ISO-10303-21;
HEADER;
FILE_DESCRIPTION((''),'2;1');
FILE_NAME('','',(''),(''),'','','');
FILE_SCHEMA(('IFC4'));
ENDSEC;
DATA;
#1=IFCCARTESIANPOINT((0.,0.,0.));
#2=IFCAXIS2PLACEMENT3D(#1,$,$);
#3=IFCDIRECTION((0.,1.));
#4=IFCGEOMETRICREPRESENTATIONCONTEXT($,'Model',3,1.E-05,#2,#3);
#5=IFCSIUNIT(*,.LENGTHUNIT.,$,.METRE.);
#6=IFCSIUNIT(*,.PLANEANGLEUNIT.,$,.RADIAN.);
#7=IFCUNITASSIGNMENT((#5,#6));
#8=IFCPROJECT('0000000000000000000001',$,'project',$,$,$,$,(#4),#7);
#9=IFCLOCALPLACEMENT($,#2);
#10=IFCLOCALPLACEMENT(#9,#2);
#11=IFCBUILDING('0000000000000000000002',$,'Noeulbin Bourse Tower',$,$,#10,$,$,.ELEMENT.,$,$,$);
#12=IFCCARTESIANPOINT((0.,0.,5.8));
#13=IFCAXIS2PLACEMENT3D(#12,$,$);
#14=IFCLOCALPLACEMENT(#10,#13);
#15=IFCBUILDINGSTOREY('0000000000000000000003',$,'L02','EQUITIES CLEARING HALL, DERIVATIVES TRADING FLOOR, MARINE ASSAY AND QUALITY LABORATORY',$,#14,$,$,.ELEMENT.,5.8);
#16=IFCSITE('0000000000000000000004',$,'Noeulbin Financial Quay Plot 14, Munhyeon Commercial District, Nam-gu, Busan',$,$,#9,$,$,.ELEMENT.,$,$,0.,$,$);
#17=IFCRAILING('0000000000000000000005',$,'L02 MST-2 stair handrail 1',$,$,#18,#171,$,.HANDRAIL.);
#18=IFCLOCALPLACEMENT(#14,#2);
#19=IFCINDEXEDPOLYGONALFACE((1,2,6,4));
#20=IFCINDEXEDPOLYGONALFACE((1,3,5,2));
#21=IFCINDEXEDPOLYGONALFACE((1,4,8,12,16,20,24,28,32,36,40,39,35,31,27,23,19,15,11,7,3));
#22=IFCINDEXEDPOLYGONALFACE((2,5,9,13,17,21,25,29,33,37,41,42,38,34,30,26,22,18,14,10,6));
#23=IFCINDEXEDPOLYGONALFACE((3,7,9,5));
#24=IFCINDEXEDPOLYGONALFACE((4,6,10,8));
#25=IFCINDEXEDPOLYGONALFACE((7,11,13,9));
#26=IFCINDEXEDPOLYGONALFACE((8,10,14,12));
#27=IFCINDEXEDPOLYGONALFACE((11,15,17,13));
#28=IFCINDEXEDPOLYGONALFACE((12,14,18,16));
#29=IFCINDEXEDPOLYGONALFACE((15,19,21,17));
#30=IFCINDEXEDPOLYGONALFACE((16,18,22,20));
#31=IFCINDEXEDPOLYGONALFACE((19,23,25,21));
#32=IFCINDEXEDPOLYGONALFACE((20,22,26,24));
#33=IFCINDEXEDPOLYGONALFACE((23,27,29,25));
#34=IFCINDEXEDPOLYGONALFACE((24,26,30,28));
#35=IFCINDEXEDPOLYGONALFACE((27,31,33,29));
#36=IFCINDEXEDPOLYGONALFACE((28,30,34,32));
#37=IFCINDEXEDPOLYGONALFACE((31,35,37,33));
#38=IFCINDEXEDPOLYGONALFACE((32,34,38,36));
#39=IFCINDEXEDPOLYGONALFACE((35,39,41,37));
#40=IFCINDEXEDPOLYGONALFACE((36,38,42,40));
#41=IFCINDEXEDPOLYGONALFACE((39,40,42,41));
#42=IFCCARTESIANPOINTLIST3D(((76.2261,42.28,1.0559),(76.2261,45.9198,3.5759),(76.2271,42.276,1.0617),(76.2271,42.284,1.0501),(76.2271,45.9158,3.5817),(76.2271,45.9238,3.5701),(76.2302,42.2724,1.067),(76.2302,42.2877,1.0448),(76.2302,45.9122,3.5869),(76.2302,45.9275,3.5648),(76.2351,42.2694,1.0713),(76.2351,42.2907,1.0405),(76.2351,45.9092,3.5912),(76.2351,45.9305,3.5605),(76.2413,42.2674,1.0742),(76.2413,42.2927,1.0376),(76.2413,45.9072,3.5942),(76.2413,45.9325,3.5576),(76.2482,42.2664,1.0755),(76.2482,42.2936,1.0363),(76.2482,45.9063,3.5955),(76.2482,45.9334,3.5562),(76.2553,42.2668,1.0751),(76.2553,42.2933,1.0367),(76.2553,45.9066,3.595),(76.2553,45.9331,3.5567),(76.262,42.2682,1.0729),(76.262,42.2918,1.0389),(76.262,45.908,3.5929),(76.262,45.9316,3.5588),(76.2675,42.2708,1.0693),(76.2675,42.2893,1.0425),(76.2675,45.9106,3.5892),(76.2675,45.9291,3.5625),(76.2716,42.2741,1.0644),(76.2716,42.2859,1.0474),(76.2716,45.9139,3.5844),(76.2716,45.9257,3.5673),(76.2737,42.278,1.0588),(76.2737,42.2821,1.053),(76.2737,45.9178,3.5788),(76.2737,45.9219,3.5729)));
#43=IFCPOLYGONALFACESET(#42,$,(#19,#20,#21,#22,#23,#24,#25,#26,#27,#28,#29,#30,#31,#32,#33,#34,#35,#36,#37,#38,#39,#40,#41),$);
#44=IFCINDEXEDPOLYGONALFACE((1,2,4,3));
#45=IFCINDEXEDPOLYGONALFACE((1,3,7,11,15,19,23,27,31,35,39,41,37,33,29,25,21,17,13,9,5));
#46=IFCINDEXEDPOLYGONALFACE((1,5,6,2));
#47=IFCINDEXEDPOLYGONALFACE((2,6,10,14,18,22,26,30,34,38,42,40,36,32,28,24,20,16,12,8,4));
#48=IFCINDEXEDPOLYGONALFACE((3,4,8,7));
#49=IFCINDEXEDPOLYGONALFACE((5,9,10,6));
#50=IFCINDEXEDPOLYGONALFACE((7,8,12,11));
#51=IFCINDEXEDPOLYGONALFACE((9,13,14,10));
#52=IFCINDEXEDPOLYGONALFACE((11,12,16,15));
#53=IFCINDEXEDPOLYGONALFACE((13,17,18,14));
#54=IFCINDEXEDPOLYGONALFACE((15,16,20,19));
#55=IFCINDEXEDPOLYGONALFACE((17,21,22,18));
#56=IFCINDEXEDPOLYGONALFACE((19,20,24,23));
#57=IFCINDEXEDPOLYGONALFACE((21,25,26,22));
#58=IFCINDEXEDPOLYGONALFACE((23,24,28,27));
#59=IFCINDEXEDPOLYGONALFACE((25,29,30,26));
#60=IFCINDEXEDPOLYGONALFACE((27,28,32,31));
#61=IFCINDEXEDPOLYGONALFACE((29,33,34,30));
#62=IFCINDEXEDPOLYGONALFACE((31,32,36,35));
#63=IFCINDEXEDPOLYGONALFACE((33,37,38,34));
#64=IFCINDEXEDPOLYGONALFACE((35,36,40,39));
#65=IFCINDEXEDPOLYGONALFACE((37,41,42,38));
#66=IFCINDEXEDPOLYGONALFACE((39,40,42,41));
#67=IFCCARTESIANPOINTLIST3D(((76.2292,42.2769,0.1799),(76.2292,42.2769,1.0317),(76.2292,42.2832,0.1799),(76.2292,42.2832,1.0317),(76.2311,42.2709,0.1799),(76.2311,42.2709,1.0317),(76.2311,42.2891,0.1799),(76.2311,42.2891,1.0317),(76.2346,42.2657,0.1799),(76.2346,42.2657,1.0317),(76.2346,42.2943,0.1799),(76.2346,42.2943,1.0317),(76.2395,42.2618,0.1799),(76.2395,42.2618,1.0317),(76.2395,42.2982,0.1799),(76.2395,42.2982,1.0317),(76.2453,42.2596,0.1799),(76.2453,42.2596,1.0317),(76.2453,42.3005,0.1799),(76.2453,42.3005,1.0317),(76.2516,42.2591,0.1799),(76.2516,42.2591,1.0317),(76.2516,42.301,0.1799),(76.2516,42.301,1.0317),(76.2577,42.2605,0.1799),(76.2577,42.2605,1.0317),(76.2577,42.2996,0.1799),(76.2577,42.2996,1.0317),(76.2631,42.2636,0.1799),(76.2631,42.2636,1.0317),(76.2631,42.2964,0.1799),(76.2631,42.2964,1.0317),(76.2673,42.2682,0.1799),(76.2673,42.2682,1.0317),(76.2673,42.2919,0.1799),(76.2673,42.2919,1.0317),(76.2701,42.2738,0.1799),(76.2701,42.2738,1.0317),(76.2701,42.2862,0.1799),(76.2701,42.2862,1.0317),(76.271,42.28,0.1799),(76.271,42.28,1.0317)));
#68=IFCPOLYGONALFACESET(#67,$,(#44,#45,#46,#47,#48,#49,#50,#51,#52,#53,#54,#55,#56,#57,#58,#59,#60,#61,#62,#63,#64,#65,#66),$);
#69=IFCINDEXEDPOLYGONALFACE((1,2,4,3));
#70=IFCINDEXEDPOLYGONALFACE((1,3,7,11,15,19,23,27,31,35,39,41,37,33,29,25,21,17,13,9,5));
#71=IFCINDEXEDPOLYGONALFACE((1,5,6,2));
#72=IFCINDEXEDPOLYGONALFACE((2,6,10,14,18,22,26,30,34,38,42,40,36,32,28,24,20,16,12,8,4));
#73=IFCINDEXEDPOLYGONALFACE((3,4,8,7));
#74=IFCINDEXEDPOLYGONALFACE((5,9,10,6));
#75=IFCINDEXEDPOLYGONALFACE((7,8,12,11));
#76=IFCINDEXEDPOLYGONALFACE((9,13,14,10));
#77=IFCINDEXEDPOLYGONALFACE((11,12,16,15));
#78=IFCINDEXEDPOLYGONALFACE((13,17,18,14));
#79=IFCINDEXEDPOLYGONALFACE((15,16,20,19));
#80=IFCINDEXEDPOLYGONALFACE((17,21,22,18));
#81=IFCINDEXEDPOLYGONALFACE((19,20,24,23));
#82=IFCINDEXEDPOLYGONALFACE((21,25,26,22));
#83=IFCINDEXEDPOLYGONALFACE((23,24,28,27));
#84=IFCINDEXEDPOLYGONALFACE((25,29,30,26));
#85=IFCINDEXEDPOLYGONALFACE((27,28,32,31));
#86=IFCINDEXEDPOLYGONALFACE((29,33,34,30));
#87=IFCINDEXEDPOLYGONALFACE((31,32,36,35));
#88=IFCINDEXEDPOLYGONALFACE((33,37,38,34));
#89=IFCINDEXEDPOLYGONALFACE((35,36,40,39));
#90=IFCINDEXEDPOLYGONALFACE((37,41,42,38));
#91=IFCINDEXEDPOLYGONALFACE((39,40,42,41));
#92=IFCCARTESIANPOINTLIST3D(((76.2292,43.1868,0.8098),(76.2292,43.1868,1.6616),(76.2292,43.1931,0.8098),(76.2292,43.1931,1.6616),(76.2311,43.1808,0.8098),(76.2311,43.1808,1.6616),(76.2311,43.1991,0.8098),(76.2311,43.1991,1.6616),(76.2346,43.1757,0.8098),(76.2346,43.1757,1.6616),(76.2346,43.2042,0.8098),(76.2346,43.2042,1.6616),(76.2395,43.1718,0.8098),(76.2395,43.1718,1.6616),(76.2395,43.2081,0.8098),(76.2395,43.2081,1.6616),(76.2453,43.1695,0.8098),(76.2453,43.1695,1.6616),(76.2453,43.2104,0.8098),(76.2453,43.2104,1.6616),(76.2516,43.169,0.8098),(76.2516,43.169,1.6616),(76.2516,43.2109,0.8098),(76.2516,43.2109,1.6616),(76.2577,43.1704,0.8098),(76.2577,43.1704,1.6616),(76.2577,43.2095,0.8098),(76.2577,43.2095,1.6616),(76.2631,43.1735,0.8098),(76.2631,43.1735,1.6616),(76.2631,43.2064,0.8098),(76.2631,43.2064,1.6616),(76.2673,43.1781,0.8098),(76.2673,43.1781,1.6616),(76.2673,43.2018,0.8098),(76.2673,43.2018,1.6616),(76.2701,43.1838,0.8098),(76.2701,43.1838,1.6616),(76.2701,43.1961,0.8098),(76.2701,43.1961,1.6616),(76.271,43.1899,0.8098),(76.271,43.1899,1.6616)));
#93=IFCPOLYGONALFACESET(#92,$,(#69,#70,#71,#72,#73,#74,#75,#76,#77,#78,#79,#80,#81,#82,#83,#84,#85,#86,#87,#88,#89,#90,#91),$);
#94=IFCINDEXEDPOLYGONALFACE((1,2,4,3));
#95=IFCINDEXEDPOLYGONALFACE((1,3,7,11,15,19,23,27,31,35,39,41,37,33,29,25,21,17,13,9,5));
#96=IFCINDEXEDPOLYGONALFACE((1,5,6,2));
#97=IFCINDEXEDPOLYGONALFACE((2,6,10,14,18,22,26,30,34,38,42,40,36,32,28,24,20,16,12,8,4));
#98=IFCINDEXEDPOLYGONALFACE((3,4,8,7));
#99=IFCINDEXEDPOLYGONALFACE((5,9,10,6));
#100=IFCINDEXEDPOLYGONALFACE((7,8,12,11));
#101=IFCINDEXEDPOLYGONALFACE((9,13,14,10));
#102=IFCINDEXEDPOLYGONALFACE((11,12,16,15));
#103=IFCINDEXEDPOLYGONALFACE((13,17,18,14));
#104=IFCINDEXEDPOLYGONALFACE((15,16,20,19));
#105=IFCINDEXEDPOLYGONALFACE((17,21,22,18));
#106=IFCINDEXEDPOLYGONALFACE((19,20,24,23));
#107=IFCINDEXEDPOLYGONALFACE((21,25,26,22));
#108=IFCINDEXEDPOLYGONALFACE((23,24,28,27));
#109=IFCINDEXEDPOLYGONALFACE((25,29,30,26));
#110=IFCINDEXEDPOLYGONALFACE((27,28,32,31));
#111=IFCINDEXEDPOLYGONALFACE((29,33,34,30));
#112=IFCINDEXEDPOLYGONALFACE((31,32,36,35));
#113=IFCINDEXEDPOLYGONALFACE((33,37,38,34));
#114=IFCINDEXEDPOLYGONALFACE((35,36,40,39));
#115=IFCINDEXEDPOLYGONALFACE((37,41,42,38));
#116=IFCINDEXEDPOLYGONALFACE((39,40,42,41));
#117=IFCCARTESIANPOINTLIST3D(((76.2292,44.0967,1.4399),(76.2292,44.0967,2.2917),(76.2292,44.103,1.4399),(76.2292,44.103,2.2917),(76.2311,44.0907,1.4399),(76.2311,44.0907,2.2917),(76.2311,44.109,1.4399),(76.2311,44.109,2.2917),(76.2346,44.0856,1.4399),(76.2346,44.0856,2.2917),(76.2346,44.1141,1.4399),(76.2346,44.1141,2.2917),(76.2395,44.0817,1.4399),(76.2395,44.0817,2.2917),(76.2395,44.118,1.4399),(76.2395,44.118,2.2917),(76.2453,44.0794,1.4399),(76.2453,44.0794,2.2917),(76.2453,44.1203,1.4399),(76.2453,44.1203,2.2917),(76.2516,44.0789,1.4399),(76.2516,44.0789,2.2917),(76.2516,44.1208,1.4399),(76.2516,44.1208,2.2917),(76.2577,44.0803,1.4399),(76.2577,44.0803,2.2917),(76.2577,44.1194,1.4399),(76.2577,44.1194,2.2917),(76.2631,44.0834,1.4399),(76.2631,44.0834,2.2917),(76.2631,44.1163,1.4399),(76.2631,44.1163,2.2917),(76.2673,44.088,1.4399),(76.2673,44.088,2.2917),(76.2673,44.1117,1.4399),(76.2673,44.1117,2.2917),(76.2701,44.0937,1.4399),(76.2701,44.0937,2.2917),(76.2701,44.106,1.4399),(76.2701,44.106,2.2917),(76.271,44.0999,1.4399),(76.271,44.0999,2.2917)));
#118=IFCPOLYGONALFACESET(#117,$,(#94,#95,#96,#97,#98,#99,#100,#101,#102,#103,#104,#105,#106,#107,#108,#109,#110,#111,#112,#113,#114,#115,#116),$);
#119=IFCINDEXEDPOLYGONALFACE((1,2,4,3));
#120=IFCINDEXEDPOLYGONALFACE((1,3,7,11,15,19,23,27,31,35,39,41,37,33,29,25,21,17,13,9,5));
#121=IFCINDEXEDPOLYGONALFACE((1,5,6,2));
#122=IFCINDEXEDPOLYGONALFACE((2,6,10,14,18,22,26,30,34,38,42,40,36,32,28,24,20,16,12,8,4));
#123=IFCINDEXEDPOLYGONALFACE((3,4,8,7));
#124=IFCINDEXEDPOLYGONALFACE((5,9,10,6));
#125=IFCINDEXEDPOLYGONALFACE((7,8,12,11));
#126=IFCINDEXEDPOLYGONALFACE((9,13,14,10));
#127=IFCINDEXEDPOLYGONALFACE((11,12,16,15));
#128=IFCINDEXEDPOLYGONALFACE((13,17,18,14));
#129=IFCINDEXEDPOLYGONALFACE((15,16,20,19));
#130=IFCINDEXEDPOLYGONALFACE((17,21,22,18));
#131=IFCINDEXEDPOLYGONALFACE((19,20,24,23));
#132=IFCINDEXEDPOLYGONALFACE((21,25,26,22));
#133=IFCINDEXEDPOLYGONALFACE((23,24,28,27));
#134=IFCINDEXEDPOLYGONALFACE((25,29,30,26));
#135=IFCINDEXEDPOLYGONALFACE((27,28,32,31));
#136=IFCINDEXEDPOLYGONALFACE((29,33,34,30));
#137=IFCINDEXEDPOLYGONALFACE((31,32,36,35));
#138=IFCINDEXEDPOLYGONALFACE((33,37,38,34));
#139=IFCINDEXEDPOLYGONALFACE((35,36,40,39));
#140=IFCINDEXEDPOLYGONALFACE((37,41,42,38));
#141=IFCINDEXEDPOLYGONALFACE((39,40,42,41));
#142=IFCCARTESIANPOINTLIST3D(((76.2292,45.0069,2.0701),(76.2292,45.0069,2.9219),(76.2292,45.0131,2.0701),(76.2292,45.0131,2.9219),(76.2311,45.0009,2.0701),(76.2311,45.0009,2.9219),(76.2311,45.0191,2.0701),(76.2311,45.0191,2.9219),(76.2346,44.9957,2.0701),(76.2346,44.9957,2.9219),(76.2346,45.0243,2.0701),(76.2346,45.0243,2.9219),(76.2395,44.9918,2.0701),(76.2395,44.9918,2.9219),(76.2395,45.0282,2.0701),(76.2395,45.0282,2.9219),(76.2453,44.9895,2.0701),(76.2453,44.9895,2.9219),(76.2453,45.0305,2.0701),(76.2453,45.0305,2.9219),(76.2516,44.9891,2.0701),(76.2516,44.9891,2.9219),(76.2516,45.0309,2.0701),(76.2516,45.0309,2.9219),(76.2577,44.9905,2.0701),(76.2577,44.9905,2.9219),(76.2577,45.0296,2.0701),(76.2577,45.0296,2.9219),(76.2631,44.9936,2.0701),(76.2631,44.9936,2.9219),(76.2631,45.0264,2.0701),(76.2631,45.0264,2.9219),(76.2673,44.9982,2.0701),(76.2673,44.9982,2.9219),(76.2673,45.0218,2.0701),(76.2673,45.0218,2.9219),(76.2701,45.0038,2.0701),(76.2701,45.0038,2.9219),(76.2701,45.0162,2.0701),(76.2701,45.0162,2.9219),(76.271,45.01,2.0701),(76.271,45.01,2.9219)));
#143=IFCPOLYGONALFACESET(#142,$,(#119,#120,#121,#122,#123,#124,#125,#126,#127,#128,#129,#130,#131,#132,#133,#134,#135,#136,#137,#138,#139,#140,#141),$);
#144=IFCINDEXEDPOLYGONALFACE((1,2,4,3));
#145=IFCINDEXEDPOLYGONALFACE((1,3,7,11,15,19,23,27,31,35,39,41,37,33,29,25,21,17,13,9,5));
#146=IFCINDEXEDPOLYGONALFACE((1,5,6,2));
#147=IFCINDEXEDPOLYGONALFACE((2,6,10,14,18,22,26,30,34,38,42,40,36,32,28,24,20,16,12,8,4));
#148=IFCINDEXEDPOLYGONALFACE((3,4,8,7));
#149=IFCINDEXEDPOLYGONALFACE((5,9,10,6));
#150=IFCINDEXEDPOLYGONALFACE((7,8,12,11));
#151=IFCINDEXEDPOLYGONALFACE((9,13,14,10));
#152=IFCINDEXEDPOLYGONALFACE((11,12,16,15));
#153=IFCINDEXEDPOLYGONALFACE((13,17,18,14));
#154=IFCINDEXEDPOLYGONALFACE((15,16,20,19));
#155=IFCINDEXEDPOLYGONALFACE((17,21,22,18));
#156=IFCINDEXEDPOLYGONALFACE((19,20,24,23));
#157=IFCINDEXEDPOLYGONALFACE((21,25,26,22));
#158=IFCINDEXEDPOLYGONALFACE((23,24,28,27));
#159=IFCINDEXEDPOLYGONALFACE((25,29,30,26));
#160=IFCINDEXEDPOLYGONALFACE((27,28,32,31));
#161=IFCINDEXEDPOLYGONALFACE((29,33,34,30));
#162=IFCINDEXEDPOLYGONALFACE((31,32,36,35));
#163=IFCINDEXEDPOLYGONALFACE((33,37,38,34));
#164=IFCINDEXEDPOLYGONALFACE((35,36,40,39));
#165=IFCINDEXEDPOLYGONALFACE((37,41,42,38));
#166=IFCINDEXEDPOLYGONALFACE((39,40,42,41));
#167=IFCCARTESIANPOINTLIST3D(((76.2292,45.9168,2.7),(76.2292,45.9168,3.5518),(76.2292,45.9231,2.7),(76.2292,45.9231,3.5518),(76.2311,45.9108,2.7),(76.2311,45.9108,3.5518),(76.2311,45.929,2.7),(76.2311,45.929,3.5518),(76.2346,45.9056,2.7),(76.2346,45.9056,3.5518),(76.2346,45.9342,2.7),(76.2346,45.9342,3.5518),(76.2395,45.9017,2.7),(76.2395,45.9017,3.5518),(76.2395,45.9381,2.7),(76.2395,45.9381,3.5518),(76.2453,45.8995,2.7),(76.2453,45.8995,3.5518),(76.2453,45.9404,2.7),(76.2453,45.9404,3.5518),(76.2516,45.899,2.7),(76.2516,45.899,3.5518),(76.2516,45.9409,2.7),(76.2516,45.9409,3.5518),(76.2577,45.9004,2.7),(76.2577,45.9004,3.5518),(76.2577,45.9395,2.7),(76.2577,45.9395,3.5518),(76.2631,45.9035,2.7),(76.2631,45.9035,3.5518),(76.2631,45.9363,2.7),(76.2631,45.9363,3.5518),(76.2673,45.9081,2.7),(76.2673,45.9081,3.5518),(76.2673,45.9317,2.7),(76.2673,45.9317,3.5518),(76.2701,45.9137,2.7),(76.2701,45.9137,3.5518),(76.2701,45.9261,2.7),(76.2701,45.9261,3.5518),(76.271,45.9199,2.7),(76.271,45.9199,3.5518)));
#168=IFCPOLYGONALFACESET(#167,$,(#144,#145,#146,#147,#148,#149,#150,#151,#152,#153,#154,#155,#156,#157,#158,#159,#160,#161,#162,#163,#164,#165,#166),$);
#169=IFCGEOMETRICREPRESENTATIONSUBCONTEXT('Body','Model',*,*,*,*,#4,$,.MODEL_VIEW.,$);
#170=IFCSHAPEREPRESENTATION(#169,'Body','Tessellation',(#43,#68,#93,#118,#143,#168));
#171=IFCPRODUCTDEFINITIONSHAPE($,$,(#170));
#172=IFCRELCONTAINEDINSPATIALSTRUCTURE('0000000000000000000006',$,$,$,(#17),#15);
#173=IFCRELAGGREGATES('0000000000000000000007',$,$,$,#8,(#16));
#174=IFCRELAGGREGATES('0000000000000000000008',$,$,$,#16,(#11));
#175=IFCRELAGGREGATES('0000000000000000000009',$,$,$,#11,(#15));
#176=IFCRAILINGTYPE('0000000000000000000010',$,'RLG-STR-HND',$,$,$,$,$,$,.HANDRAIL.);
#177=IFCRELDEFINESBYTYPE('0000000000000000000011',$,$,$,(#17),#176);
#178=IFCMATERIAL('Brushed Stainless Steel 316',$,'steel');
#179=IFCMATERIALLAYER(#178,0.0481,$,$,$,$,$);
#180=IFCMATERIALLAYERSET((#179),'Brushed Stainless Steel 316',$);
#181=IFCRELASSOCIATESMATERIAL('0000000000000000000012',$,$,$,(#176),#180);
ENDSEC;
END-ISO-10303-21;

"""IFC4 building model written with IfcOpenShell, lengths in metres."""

from ifc_helpers import new_model, si_unit, direction, frame, origin, origin_2d, place, context, subcontext, project, spatial, circle, extrude, material, layer, layer_set, type_object, element, save


model = new_model("IFC4")

# Units and contexts
model_context = context("Model", 3, precision=1e-05, world=origin(), true_north=direction((0.0, 1.0)))
body_context = subcontext(model_context, "Body", "Model", "MODEL_VIEW")
ifc_project = project(units=[si_unit("LENGTHUNIT", "METRE"), si_unit("PLANEANGLEUNIT", "RADIAN")], contexts=[model_context])

# Site, building, storey
site_placement = place(None, origin())
site = spatial("IfcSite", under=ifc_project, at=site_placement, Name="Noeulbin Financial Quay Plot 14, Munhyeon Commercial District, Nam-gu, Busan", CompositionType="ELEMENT", RefElevation=0.0)
building_placement = place(site_placement, origin())
building = spatial("IfcBuilding", under=site, at=building_placement, Name="Noeulbin Bourse Tower", CompositionType="ELEMENT")
storey_placement = place(building_placement, frame((0.0, 0.0, 5.8)))
storey = spatial("IfcBuildingStorey", under=building, at=storey_placement, Name="L02", Description="EQUITIES CLEARING HALL, DERIVATIVES TRADING FLOOR, MARINE ASSAY AND QUALITY LABORATORY", CompositionType="ELEMENT", Elevation=5.8)

# Railing
ifc_material_1 = material(Name="Brushed Stainless Steel 316", Category="steel")
ifc_layer_1 = layer(ifc_material_1, 0.0481)
ifc_layer_set_1 = layer_set([ifc_layer_1], Name="Brushed Stainless Steel 316")
railing_type_1 = type_object("IfcRailingType", Name="RLG-STR-HND", PredefinedType="HANDRAIL", material=ifc_layer_set_1)
railing_1_placement = place(storey_placement, frame((76.25, 42.28, 0.1799)))
element("IfcRailing", 1, at=railing_1_placement, inside=storey, type_object=railing_type_1, Name="L02 MST-2 stair handrail 1", PredefinedType="HANDRAIL", context=body_context, shape_type="SweptSolid", body=[
    extrude(circle(Radius=0.0239, at=origin_2d()), frame((0.0, 0.0, 0.876), z_axis=(0.0, 0.822182, 0.569224), x_axis=(-1.0, 0.0, 0.0)), (0.0, 0.0, 1.0), 4.427),
    extrude(circle(Radius=0.021, at=origin_2d()), origin(), (0.0, 0.0, 1.0), 0.8518),
    extrude(circle(Radius=0.021, at=origin_2d()), frame((0.0, 0.9099, 0.6299)), (0.0, 0.0, 1.0), 0.8518),
    extrude(circle(Radius=0.021, at=origin_2d()), frame((0.0, 1.8198, 1.26)), (0.0, 0.0, 1.0), 0.8518),
    extrude(circle(Radius=0.021, at=origin_2d()), frame((0.0, 2.73, 1.8901)), (0.0, 0.0, 1.0), 0.8518),
    extrude(circle(Radius=0.021, at=origin_2d()), frame((0.0, 3.6399, 2.52)), (0.0, 0.0, 1.0), 0.8518),
])

save(model, "model.ifc")
